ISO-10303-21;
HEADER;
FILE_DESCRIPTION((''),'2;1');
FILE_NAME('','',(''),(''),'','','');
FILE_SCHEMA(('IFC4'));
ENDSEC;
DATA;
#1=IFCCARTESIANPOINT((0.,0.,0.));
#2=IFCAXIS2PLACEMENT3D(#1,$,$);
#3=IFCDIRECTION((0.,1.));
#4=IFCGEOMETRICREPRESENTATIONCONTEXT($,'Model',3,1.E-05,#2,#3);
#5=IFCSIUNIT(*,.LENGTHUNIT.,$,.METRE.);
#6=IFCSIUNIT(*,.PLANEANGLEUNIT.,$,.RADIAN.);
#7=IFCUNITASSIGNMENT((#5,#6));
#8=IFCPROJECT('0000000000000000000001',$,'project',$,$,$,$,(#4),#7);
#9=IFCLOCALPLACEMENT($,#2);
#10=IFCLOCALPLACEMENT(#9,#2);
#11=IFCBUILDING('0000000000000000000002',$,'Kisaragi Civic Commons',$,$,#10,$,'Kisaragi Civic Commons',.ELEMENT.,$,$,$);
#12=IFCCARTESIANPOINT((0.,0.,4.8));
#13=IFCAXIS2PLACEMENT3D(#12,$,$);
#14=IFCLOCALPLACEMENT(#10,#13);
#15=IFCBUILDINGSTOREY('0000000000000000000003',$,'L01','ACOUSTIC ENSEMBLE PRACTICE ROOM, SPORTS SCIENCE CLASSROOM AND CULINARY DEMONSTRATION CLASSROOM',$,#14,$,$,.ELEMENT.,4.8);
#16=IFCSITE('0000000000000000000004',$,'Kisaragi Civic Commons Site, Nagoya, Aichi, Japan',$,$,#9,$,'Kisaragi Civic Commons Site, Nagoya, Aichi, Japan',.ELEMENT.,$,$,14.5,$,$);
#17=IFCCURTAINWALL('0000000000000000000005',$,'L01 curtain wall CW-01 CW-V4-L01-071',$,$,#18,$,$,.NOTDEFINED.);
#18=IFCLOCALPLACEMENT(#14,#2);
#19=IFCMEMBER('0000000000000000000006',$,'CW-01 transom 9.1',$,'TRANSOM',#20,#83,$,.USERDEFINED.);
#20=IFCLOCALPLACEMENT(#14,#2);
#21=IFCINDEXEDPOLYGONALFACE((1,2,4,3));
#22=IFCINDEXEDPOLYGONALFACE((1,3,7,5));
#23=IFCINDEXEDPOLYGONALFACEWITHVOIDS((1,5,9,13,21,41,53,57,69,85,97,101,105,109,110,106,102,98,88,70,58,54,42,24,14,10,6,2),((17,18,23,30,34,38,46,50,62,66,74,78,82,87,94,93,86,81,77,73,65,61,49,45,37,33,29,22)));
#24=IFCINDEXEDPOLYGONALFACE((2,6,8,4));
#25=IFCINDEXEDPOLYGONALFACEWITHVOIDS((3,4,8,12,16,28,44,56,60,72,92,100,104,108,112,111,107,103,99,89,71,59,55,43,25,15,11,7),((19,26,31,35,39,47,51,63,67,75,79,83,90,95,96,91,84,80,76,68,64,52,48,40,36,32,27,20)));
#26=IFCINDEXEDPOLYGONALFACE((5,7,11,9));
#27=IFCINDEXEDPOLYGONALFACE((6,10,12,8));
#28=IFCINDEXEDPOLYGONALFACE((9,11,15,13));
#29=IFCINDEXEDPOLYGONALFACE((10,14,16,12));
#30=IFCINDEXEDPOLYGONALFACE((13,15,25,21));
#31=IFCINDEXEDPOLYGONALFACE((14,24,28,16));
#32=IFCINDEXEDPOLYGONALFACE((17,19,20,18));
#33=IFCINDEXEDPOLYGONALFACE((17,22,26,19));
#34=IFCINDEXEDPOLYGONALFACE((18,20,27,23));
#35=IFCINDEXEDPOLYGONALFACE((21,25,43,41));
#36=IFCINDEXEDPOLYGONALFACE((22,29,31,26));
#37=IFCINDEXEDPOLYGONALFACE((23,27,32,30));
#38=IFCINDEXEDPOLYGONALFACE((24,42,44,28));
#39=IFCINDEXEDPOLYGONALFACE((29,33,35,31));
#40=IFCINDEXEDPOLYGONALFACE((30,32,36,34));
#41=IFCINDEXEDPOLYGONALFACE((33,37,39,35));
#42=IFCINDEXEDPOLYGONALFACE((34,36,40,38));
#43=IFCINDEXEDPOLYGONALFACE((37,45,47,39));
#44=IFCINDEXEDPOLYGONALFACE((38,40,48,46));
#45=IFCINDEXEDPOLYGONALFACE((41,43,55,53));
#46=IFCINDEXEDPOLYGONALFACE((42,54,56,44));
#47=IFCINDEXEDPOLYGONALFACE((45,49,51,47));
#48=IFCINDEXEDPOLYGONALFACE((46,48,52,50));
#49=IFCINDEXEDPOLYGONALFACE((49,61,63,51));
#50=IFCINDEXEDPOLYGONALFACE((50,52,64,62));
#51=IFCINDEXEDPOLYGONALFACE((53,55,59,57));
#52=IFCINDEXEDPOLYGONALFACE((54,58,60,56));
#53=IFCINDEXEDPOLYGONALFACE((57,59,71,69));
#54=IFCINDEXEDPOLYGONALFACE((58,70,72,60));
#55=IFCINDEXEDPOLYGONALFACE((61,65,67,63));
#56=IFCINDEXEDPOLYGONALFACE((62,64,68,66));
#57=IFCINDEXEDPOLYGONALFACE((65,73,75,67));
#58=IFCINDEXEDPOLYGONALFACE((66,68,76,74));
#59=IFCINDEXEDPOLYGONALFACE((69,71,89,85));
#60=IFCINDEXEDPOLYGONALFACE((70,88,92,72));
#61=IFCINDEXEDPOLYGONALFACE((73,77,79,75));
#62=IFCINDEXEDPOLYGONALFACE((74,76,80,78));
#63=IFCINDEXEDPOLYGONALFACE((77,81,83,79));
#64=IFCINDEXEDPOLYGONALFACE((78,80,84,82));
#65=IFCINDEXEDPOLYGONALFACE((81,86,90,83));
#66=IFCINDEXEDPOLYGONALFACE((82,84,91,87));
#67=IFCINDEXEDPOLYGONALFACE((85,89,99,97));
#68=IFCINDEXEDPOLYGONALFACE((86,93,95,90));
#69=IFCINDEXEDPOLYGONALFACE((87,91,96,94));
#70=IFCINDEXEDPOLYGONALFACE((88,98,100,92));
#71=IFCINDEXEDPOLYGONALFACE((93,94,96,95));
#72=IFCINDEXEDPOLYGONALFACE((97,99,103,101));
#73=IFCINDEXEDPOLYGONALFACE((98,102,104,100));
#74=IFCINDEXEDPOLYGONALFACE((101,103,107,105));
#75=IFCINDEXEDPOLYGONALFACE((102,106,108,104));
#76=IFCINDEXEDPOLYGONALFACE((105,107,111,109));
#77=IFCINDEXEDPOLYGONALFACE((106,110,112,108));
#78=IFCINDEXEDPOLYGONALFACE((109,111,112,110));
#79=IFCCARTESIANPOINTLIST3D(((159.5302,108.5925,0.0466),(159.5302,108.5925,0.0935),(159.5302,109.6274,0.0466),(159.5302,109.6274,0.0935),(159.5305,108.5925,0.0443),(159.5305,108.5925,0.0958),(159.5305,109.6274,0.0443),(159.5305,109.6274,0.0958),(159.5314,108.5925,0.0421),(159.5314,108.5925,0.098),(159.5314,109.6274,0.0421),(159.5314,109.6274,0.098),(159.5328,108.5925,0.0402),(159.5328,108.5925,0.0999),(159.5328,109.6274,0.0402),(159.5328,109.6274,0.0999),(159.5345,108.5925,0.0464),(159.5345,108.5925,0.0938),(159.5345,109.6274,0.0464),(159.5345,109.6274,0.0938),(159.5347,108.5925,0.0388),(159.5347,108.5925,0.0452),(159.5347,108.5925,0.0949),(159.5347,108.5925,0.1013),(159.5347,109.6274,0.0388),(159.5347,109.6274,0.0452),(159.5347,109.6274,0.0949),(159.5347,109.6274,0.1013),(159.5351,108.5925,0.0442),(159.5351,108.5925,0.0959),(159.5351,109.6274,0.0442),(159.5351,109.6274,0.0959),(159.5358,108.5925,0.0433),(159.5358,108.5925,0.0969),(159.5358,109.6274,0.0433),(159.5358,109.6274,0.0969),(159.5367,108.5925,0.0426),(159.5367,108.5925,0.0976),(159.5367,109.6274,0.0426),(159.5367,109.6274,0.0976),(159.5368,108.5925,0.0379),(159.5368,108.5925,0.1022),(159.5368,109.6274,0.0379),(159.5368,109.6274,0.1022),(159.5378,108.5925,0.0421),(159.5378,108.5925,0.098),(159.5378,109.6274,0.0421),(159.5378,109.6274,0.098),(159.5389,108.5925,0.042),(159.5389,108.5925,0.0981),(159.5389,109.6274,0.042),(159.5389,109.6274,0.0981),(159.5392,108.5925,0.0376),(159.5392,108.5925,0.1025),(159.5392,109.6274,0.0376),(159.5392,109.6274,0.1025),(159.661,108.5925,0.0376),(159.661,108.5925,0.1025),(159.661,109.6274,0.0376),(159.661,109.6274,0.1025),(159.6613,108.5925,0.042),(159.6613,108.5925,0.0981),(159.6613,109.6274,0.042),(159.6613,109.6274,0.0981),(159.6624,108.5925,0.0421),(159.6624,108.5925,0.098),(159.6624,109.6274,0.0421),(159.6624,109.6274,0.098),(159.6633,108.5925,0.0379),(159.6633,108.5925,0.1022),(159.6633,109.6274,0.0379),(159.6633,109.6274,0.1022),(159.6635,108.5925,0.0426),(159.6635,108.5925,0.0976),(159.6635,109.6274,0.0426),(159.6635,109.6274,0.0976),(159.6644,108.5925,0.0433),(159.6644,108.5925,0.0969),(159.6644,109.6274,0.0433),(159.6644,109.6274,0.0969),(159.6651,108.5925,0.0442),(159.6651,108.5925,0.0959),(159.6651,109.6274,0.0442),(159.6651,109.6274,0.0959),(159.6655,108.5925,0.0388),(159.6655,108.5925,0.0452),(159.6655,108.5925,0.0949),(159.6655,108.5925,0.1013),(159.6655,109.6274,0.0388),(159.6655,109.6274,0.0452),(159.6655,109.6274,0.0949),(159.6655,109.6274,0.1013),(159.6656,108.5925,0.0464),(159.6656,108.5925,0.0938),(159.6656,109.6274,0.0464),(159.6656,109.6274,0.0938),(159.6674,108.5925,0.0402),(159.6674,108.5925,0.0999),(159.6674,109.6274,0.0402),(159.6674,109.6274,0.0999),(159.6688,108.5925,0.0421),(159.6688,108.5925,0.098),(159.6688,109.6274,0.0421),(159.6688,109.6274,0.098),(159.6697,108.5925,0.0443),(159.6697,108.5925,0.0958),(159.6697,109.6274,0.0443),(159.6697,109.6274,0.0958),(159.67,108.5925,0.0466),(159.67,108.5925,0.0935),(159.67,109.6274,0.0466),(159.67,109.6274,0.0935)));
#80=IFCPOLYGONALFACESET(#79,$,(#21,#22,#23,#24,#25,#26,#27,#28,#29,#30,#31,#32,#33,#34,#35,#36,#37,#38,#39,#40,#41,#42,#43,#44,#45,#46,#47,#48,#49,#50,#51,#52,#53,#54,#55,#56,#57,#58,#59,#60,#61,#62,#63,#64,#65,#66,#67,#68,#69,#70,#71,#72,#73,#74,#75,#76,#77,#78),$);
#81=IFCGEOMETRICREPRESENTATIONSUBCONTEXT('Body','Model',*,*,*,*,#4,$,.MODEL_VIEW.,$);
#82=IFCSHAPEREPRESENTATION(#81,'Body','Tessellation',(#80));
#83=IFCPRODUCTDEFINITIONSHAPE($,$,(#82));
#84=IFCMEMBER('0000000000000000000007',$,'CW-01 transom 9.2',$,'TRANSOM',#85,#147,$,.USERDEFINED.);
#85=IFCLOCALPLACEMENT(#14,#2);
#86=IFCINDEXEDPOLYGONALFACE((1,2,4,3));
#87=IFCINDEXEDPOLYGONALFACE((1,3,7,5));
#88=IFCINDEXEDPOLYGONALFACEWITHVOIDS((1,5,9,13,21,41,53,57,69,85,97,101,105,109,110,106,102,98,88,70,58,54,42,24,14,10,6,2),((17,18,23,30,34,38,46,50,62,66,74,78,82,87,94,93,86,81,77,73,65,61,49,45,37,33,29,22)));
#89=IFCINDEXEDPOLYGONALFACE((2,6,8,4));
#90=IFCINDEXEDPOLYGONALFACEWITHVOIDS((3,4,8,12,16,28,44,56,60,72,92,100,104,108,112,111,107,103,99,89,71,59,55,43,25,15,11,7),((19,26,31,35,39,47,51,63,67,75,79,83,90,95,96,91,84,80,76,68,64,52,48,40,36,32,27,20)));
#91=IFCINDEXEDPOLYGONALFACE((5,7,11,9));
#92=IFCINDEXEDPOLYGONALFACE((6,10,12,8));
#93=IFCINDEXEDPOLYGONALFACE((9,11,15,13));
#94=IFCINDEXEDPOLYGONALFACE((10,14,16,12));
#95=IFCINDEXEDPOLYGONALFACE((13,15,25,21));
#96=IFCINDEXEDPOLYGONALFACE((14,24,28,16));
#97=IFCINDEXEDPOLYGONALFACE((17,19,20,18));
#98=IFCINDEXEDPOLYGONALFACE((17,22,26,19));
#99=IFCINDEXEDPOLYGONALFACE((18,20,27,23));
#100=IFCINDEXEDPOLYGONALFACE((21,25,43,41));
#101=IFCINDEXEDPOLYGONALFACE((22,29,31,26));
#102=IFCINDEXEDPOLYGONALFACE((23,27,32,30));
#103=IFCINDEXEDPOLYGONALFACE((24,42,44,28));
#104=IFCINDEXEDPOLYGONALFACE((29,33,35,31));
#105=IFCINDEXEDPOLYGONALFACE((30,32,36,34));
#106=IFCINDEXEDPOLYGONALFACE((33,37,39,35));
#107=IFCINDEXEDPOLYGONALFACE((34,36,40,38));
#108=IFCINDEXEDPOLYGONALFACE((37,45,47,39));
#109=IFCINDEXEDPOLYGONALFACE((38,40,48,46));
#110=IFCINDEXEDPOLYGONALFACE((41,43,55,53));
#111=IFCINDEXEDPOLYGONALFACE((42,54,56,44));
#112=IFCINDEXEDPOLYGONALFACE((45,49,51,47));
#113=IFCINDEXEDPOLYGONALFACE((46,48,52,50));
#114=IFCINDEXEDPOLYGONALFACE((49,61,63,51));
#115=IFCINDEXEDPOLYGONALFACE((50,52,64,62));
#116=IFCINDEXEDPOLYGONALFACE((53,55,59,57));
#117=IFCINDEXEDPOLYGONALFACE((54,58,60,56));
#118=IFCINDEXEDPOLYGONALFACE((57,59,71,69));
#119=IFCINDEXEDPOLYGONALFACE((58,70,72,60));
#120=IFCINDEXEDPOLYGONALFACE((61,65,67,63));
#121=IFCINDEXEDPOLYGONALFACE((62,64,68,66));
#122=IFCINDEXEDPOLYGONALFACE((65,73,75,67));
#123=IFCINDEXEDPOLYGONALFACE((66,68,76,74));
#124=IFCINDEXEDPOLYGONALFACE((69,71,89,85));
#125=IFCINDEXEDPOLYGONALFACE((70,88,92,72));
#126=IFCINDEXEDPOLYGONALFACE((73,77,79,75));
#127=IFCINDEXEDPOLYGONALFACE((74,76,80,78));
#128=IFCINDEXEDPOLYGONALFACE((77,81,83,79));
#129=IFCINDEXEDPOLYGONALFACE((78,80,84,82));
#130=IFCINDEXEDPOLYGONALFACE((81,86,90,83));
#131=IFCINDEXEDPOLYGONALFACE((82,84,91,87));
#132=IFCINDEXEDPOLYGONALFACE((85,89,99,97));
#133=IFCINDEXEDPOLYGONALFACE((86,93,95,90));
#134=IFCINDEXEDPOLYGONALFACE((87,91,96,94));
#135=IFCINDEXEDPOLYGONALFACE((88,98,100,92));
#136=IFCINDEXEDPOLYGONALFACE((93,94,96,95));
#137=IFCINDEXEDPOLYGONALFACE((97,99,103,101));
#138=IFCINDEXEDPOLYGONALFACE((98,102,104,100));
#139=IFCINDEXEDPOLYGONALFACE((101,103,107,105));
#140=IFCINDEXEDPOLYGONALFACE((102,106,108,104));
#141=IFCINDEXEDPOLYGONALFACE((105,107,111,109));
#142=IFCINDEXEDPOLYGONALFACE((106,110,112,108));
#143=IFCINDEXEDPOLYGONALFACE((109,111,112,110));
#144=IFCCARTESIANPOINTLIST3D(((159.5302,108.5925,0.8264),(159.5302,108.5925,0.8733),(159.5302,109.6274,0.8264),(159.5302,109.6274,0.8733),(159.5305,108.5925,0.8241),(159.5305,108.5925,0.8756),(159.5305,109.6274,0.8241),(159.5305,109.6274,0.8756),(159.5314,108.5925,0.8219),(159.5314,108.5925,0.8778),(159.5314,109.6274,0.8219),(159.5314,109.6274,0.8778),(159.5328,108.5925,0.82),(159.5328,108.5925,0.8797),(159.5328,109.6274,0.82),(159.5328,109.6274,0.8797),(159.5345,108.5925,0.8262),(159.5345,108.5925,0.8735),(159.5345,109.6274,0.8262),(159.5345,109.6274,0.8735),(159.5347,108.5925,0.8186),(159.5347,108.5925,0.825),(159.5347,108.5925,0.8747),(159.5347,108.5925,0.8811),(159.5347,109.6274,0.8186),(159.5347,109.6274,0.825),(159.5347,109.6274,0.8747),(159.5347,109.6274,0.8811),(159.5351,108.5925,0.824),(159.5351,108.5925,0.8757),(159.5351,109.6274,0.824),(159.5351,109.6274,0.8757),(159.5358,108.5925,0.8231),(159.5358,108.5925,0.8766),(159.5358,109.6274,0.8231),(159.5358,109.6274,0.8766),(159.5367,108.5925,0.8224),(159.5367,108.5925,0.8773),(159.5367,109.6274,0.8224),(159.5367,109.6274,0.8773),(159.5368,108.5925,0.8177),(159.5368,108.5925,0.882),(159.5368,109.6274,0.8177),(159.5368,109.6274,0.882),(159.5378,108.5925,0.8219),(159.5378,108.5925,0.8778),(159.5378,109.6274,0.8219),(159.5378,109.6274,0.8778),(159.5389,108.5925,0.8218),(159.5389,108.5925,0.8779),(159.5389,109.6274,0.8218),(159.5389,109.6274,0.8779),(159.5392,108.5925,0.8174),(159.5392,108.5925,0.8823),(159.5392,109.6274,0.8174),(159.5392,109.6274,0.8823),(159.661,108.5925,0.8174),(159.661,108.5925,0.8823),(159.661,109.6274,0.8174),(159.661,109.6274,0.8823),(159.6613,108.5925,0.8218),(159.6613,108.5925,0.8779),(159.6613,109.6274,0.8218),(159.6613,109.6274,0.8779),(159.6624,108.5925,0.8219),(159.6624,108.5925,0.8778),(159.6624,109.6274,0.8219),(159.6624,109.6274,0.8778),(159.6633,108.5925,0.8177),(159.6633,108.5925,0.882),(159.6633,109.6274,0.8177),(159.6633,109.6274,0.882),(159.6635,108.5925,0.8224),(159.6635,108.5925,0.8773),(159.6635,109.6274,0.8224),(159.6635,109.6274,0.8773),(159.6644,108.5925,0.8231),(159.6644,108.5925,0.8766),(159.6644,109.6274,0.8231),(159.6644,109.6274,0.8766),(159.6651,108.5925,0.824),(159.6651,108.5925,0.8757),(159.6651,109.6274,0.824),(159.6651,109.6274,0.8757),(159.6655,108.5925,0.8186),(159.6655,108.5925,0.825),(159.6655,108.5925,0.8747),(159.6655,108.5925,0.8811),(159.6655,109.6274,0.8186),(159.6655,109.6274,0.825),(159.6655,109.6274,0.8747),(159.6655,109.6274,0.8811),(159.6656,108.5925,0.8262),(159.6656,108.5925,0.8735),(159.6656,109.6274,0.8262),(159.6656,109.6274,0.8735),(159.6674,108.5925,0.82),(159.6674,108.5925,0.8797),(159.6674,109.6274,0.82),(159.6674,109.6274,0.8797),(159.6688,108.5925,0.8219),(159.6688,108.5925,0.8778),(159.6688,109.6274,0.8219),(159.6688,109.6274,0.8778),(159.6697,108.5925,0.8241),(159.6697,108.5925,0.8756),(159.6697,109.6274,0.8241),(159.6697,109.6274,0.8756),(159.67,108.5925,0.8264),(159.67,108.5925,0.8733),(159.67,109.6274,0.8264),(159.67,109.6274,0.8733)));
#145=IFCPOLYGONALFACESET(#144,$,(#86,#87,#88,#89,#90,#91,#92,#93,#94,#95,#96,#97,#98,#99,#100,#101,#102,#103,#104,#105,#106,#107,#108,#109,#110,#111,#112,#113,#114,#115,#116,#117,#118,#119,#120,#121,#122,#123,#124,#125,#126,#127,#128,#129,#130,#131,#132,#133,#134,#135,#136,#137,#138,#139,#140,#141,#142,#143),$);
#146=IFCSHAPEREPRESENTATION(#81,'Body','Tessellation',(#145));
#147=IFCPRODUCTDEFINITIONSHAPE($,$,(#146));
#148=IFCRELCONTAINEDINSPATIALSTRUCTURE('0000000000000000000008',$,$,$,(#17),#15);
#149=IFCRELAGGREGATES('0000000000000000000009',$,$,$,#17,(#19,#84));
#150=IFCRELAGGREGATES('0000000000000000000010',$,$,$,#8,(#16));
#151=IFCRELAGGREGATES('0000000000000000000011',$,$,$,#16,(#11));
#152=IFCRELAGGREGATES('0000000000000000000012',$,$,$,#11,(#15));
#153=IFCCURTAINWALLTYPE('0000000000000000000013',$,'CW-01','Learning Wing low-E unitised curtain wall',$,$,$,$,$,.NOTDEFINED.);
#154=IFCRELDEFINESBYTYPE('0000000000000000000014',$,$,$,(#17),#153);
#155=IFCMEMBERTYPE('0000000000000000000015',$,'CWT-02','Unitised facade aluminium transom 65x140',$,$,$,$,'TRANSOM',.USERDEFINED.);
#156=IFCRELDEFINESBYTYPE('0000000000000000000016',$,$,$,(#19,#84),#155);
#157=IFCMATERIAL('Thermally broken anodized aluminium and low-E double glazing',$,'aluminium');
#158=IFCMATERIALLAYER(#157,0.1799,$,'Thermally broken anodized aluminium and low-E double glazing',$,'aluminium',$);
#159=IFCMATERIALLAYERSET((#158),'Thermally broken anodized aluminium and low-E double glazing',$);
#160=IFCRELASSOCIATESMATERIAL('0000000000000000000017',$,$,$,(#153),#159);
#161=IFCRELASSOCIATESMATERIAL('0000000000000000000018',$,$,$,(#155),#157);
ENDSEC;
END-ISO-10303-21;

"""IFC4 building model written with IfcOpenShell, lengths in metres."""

from ifc_helpers import new_model, si_unit, direction, frame, origin, origin_2d, place, context, subcontext, project, spatial, hollow_rectangle, extrude, material, layer, layer_set, material_profile, profile_set, type_object, element, aggregate, save


model = new_model("IFC4")

# Units and contexts
model_context = context("Model", 3, precision=1e-05, world=origin(), true_north=direction((0.0, 1.0)))
body_context = subcontext(model_context, "Body", "Model", "MODEL_VIEW")
ifc_project = project(units=[si_unit("LENGTHUNIT", "METRE"), si_unit("PLANEANGLEUNIT", "RADIAN")], contexts=[model_context])

# Site, building, storey
site_placement = place(None, origin())
site = spatial("IfcSite", under=ifc_project, at=site_placement, Name="Kisaragi Civic Commons Site, Nagoya, Aichi, Japan", LongName="Kisaragi Civic Commons Site, Nagoya, Aichi, Japan", CompositionType="ELEMENT", RefElevation=14.5)
building_placement = place(site_placement, origin())
building = spatial("IfcBuilding", under=site, at=building_placement, Name="Kisaragi Civic Commons", LongName="Kisaragi Civic Commons", CompositionType="ELEMENT")
storey_placement = place(building_placement, frame((0.0, 0.0, 4.8)))
storey = spatial("IfcBuildingStorey", under=building, at=storey_placement, Name="L01", Description="ACOUSTIC ENSEMBLE PRACTICE ROOM, SPORTS SCIENCE CLASSROOM AND CULINARY DEMONSTRATION CLASSROOM", CompositionType="ELEMENT", Elevation=4.8)

# Curtain wall, members
ifc_material_1 = material(Name="Thermally broken anodized aluminium and low-E double glazing", Category="aluminium")
ifc_layer_1 = layer(ifc_material_1, 0.1799, Name="Thermally broken anodized aluminium and low-E double glazing", Category="aluminium")
ifc_layer_set_1 = layer_set([ifc_layer_1], Name="Thermally broken anodized aluminium and low-E double glazing")
curtain_wall_type = type_object("IfcCurtainWallType", Name="CW-01", Description="Learning Wing low-E unitised curtain wall", PredefinedType="NOTDEFINED", material=ifc_layer_set_1)
curtain_wall_placement = place(storey_placement, origin())
curtain_wall = element("IfcCurtainWall", 1, at=curtain_wall_placement, inside=storey, type_object=curtain_wall_type, Name="L01 curtain wall CW-01 CW-V4-L01-071", PredefinedType="NOTDEFINED")
ifc_material_profile_1 = material_profile(ifc_material_1, hollow_rectangle(XDim=0.1399, YDim=0.0649, WallThickness=0.0044, InnerFilletRadius=0.0044, OuterFilletRadius=0.009, at=origin_2d()), Name="CWT-65x140x4.5", Category="aluminium")
ifc_profile_set_1 = profile_set([ifc_material_profile_1], Name="Thermally broken anodized aluminium and low-E double glazing")
member_type_1 = type_object("IfcMemberType", Name="CWT-02", Description="Unitised facade aluminium transom 65x140", ElementType="TRANSOM", PredefinedType="USERDEFINED", material=ifc_profile_set_1)
member_1_placement = place(storey_placement, frame((159.6001, 109.6274, 0.0701), z_axis=(0.0, -1.0, 0.0), x_axis=(1.0, 0.0, 0.0)))
member_1 = element("IfcMember", 2, at=member_1_placement, type_object=member_type_1, Name="CW-01 transom 9.1", ObjectType="TRANSOM", PredefinedType="USERDEFINED", context=body_context, shape_type="SweptSolid", body=[
    extrude(hollow_rectangle(XDim=0.1399, YDim=0.0649, WallThickness=0.0044, InnerFilletRadius=0.0044, OuterFilletRadius=0.009, at=origin_2d()), origin(), (0.0, 0.0, 1.0), 1.0349),
])
member_2_placement = place(storey_placement, frame((159.6001, 109.6274, 0.8499), z_axis=(0.0, -1.0, 0.0), x_axis=(1.0, 0.0, 0.0)))
member_2 = element("IfcMember", 3, at=member_2_placement, type_object=member_type_1, Name="CW-01 transom 9.2", ObjectType="TRANSOM", PredefinedType="USERDEFINED", context=body_context, shape_type="SweptSolid", body=[
    extrude(hollow_rectangle(XDim=0.1399, YDim=0.0649, WallThickness=0.0044, InnerFilletRadius=0.0044, OuterFilletRadius=0.009, at=origin_2d()), origin(), (0.0, 0.0, 1.0), 1.0349),
])
aggregate(curtain_wall, [member_1, member_2])

save(model, "model.ifc")
